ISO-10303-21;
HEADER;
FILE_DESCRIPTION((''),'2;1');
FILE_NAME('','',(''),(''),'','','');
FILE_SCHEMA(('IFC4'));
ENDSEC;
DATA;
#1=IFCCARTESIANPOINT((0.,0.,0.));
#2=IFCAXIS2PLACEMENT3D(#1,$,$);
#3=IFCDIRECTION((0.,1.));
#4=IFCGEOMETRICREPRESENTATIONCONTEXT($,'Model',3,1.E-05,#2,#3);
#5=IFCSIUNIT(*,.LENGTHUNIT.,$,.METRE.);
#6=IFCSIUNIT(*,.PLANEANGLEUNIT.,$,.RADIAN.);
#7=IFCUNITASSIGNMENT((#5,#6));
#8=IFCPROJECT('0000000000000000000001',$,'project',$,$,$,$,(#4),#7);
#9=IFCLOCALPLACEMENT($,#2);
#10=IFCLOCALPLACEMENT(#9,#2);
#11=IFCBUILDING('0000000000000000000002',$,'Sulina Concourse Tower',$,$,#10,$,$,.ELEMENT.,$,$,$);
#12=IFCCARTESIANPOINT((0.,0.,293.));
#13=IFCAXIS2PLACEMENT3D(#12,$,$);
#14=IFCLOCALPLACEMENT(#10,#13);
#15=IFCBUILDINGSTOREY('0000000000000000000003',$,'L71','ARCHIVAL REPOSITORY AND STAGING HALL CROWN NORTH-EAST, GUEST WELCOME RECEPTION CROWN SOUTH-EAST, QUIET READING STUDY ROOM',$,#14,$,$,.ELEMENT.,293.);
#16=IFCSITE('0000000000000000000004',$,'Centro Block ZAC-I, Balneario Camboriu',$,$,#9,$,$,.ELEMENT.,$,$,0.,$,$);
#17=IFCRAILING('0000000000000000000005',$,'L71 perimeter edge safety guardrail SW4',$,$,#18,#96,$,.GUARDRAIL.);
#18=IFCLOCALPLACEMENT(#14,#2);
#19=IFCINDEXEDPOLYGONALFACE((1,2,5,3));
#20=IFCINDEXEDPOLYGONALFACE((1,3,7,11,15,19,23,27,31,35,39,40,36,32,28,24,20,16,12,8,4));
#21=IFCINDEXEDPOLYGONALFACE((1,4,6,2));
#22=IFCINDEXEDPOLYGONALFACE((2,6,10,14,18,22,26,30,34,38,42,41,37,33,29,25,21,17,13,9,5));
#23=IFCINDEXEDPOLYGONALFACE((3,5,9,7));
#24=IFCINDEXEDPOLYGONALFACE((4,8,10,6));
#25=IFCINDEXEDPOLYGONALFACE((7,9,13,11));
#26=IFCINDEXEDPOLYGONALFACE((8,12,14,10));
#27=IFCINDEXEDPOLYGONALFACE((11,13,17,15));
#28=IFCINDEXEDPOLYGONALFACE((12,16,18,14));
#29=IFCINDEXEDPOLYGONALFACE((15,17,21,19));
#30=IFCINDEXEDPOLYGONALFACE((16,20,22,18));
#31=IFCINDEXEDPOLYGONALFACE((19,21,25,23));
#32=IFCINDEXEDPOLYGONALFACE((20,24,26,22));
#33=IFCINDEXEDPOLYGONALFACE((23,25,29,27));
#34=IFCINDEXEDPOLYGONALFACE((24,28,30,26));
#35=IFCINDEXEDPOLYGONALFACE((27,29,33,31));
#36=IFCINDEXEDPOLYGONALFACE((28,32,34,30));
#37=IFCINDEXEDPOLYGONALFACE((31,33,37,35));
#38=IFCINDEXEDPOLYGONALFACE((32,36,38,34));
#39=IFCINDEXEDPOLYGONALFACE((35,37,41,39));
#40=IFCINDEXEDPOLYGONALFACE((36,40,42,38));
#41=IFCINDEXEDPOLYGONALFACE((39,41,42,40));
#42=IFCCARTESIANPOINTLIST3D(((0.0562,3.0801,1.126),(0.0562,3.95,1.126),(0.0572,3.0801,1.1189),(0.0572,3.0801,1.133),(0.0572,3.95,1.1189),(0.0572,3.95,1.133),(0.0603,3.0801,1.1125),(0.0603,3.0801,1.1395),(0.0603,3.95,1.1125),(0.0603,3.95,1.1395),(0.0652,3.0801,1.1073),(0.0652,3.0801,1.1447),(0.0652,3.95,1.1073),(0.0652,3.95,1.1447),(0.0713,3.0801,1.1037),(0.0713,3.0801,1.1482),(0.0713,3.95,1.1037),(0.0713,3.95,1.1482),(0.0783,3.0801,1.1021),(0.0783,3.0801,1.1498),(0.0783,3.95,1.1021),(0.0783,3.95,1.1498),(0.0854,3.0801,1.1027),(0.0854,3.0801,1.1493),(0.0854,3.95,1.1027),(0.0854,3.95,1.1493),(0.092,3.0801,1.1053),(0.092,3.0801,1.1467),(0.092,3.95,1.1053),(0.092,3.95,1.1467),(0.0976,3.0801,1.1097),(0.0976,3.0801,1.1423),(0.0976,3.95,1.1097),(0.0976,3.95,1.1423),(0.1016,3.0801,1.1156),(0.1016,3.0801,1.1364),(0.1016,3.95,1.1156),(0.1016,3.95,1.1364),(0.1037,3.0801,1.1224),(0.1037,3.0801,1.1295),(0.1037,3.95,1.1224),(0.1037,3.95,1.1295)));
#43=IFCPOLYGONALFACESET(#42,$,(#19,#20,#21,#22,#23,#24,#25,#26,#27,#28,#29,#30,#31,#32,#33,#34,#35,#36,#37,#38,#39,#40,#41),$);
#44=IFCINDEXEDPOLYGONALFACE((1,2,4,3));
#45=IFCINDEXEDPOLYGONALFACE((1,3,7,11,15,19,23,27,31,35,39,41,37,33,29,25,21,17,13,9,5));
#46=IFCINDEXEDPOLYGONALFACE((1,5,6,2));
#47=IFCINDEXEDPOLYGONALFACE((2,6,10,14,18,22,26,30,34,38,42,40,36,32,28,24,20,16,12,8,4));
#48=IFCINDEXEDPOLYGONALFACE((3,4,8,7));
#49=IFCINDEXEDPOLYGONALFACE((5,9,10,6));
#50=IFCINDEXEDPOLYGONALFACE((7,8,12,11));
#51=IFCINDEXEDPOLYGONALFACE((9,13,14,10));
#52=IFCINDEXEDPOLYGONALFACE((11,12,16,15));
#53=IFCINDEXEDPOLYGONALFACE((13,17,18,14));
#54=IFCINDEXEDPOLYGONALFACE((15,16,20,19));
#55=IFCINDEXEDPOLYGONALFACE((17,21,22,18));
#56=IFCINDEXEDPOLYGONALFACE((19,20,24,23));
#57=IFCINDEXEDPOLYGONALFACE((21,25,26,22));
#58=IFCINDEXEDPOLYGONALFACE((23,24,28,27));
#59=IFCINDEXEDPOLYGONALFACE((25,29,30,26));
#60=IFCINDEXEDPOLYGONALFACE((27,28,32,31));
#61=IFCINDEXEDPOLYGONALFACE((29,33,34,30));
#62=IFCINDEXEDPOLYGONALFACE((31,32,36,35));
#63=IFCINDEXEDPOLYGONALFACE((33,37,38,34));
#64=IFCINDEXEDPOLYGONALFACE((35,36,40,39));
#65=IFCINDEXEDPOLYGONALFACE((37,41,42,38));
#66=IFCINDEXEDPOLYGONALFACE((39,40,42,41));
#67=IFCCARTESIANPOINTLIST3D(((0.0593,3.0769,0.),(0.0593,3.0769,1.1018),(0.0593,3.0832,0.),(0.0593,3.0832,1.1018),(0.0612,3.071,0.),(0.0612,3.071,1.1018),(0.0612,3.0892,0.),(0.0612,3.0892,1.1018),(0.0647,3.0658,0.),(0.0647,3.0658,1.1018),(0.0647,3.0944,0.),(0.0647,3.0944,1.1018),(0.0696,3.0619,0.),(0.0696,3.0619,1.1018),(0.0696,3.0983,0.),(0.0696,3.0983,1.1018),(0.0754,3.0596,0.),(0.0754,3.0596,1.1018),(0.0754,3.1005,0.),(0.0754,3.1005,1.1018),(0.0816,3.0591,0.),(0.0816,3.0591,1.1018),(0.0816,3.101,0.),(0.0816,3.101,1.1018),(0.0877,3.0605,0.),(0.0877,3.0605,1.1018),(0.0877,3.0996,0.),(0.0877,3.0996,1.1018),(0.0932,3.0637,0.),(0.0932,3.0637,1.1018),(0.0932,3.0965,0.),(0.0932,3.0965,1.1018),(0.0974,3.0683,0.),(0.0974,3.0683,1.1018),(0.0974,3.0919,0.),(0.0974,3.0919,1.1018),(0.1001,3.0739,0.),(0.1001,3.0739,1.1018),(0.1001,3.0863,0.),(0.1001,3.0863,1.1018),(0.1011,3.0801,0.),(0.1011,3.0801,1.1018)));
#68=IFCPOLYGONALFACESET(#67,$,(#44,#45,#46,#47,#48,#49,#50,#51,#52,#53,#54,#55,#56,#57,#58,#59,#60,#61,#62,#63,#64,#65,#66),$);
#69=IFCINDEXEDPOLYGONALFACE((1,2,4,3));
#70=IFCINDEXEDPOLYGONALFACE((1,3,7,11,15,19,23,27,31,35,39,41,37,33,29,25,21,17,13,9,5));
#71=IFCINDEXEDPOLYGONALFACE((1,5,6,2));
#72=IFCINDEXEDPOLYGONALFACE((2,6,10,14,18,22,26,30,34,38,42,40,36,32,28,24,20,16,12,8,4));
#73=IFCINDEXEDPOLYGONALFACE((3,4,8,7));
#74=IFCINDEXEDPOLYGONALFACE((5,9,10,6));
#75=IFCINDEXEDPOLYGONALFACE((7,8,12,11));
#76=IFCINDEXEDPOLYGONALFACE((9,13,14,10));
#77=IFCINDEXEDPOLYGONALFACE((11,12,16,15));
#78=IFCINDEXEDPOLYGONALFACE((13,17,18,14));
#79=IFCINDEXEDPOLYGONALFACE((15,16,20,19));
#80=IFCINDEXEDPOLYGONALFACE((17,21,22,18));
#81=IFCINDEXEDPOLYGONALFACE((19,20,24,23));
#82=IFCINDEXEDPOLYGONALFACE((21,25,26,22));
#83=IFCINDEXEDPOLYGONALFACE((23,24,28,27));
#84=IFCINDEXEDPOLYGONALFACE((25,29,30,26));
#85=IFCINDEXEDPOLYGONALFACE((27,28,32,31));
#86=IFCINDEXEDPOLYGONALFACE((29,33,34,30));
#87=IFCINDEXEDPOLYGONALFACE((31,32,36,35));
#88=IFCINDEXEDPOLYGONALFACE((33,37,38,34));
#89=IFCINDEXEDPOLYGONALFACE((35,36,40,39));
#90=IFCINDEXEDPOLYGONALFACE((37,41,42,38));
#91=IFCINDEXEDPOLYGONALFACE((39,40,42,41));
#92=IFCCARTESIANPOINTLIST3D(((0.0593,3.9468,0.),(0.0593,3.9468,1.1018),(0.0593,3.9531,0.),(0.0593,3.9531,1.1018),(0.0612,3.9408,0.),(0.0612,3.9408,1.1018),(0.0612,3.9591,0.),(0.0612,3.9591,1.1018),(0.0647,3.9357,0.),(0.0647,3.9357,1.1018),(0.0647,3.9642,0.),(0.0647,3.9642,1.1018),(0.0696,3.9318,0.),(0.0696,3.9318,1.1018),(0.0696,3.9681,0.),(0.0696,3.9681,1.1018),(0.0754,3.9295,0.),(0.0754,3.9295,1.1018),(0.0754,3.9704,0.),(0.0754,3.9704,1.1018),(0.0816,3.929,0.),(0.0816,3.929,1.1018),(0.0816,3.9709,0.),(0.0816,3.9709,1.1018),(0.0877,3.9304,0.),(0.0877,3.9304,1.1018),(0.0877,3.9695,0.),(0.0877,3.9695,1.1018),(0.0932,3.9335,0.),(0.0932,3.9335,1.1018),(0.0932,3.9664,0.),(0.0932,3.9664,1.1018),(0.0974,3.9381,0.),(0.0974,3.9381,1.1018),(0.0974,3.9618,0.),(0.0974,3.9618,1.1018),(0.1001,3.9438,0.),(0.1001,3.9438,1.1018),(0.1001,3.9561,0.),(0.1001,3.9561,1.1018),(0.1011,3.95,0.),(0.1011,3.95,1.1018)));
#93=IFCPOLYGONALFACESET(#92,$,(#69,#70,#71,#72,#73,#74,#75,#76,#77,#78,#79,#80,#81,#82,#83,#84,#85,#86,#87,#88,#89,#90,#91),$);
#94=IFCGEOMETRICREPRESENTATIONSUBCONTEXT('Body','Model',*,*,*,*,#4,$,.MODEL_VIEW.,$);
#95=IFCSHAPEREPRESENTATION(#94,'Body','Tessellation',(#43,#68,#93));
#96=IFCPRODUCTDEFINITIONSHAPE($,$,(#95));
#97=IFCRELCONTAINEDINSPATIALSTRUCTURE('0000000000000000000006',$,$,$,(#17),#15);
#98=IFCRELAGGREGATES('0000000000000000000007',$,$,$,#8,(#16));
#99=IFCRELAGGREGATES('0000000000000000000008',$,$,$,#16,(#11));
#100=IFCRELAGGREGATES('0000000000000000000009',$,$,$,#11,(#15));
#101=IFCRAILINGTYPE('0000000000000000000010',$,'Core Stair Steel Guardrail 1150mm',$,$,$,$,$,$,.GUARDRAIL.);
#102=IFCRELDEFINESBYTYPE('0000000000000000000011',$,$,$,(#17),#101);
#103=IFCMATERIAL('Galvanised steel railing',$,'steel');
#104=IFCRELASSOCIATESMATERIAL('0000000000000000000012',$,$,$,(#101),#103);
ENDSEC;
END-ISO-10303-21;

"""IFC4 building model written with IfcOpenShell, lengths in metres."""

from ifc_helpers import new_model, si_unit, direction, frame, origin, origin_2d, place, context, subcontext, project, spatial, circle, extrude, material, type_object, element, save


model = new_model("IFC4")

# Units and contexts
model_context = context("Model", 3, precision=1e-05, world=origin(), true_north=direction((0.0, 1.0)))
body_context = subcontext(model_context, "Body", "Model", "MODEL_VIEW")
ifc_project = project(units=[si_unit("LENGTHUNIT", "METRE"), si_unit("PLANEANGLEUNIT", "RADIAN")], contexts=[model_context])

# Site, building, storey
site_placement = place(None, origin())
site = spatial("IfcSite", under=ifc_project, at=site_placement, Name="Centro Block ZAC-I, Balneario Camboriu", CompositionType="ELEMENT", RefElevation=0.0)
building_placement = place(site_placement, origin())
building = spatial("IfcBuilding", under=site, at=building_placement, Name="Sulina Concourse Tower", CompositionType="ELEMENT")
storey_placement = place(building_placement, frame((0.0, 0.0, 293.0)))
storey = spatial("IfcBuildingStorey", under=building, at=storey_placement, Name="L71", Description="ARCHIVAL REPOSITORY AND STAGING HALL CROWN NORTH-EAST, GUEST WELCOME RECEPTION CROWN SOUTH-EAST, QUIET READING STUDY ROOM", CompositionType="ELEMENT", Elevation=293.0)

# Railing
ifc_material_1 = material(Name="Galvanised steel railing", Category="steel")
railing_type = type_object("IfcRailingType", Name="Core Stair Steel Guardrail 1150mm", PredefinedType="GUARDRAIL", material=ifc_material_1)
railing_1_placement = place(storey_placement, frame((0.0801, 3.0801, 0.0)))
element("IfcRailing", 1, at=railing_1_placement, inside=storey, type_object=railing_type, Name="L71 perimeter edge safety guardrail SW4", PredefinedType="GUARDRAIL", context=body_context, shape_type="SweptSolid", body=[
    extrude(circle(Radius=0.0239, at=origin_2d()), frame((0.0, 0.0, 1.126), z_axis=(0.0, 1.0, 0.0), x_axis=(-1.0, 0.0, 0.0)), (0.0, 0.0, 1.0), 0.8699),
    extrude(circle(Radius=0.021, at=origin_2d()), origin(), (0.0, 0.0, 1.0), 1.1018),
    extrude(circle(Radius=0.021, at=origin_2d()), frame((0.0, 0.8699, 0.0)), (0.0, 0.0, 1.0), 1.1018),
])

save(model, "model.ifc")
